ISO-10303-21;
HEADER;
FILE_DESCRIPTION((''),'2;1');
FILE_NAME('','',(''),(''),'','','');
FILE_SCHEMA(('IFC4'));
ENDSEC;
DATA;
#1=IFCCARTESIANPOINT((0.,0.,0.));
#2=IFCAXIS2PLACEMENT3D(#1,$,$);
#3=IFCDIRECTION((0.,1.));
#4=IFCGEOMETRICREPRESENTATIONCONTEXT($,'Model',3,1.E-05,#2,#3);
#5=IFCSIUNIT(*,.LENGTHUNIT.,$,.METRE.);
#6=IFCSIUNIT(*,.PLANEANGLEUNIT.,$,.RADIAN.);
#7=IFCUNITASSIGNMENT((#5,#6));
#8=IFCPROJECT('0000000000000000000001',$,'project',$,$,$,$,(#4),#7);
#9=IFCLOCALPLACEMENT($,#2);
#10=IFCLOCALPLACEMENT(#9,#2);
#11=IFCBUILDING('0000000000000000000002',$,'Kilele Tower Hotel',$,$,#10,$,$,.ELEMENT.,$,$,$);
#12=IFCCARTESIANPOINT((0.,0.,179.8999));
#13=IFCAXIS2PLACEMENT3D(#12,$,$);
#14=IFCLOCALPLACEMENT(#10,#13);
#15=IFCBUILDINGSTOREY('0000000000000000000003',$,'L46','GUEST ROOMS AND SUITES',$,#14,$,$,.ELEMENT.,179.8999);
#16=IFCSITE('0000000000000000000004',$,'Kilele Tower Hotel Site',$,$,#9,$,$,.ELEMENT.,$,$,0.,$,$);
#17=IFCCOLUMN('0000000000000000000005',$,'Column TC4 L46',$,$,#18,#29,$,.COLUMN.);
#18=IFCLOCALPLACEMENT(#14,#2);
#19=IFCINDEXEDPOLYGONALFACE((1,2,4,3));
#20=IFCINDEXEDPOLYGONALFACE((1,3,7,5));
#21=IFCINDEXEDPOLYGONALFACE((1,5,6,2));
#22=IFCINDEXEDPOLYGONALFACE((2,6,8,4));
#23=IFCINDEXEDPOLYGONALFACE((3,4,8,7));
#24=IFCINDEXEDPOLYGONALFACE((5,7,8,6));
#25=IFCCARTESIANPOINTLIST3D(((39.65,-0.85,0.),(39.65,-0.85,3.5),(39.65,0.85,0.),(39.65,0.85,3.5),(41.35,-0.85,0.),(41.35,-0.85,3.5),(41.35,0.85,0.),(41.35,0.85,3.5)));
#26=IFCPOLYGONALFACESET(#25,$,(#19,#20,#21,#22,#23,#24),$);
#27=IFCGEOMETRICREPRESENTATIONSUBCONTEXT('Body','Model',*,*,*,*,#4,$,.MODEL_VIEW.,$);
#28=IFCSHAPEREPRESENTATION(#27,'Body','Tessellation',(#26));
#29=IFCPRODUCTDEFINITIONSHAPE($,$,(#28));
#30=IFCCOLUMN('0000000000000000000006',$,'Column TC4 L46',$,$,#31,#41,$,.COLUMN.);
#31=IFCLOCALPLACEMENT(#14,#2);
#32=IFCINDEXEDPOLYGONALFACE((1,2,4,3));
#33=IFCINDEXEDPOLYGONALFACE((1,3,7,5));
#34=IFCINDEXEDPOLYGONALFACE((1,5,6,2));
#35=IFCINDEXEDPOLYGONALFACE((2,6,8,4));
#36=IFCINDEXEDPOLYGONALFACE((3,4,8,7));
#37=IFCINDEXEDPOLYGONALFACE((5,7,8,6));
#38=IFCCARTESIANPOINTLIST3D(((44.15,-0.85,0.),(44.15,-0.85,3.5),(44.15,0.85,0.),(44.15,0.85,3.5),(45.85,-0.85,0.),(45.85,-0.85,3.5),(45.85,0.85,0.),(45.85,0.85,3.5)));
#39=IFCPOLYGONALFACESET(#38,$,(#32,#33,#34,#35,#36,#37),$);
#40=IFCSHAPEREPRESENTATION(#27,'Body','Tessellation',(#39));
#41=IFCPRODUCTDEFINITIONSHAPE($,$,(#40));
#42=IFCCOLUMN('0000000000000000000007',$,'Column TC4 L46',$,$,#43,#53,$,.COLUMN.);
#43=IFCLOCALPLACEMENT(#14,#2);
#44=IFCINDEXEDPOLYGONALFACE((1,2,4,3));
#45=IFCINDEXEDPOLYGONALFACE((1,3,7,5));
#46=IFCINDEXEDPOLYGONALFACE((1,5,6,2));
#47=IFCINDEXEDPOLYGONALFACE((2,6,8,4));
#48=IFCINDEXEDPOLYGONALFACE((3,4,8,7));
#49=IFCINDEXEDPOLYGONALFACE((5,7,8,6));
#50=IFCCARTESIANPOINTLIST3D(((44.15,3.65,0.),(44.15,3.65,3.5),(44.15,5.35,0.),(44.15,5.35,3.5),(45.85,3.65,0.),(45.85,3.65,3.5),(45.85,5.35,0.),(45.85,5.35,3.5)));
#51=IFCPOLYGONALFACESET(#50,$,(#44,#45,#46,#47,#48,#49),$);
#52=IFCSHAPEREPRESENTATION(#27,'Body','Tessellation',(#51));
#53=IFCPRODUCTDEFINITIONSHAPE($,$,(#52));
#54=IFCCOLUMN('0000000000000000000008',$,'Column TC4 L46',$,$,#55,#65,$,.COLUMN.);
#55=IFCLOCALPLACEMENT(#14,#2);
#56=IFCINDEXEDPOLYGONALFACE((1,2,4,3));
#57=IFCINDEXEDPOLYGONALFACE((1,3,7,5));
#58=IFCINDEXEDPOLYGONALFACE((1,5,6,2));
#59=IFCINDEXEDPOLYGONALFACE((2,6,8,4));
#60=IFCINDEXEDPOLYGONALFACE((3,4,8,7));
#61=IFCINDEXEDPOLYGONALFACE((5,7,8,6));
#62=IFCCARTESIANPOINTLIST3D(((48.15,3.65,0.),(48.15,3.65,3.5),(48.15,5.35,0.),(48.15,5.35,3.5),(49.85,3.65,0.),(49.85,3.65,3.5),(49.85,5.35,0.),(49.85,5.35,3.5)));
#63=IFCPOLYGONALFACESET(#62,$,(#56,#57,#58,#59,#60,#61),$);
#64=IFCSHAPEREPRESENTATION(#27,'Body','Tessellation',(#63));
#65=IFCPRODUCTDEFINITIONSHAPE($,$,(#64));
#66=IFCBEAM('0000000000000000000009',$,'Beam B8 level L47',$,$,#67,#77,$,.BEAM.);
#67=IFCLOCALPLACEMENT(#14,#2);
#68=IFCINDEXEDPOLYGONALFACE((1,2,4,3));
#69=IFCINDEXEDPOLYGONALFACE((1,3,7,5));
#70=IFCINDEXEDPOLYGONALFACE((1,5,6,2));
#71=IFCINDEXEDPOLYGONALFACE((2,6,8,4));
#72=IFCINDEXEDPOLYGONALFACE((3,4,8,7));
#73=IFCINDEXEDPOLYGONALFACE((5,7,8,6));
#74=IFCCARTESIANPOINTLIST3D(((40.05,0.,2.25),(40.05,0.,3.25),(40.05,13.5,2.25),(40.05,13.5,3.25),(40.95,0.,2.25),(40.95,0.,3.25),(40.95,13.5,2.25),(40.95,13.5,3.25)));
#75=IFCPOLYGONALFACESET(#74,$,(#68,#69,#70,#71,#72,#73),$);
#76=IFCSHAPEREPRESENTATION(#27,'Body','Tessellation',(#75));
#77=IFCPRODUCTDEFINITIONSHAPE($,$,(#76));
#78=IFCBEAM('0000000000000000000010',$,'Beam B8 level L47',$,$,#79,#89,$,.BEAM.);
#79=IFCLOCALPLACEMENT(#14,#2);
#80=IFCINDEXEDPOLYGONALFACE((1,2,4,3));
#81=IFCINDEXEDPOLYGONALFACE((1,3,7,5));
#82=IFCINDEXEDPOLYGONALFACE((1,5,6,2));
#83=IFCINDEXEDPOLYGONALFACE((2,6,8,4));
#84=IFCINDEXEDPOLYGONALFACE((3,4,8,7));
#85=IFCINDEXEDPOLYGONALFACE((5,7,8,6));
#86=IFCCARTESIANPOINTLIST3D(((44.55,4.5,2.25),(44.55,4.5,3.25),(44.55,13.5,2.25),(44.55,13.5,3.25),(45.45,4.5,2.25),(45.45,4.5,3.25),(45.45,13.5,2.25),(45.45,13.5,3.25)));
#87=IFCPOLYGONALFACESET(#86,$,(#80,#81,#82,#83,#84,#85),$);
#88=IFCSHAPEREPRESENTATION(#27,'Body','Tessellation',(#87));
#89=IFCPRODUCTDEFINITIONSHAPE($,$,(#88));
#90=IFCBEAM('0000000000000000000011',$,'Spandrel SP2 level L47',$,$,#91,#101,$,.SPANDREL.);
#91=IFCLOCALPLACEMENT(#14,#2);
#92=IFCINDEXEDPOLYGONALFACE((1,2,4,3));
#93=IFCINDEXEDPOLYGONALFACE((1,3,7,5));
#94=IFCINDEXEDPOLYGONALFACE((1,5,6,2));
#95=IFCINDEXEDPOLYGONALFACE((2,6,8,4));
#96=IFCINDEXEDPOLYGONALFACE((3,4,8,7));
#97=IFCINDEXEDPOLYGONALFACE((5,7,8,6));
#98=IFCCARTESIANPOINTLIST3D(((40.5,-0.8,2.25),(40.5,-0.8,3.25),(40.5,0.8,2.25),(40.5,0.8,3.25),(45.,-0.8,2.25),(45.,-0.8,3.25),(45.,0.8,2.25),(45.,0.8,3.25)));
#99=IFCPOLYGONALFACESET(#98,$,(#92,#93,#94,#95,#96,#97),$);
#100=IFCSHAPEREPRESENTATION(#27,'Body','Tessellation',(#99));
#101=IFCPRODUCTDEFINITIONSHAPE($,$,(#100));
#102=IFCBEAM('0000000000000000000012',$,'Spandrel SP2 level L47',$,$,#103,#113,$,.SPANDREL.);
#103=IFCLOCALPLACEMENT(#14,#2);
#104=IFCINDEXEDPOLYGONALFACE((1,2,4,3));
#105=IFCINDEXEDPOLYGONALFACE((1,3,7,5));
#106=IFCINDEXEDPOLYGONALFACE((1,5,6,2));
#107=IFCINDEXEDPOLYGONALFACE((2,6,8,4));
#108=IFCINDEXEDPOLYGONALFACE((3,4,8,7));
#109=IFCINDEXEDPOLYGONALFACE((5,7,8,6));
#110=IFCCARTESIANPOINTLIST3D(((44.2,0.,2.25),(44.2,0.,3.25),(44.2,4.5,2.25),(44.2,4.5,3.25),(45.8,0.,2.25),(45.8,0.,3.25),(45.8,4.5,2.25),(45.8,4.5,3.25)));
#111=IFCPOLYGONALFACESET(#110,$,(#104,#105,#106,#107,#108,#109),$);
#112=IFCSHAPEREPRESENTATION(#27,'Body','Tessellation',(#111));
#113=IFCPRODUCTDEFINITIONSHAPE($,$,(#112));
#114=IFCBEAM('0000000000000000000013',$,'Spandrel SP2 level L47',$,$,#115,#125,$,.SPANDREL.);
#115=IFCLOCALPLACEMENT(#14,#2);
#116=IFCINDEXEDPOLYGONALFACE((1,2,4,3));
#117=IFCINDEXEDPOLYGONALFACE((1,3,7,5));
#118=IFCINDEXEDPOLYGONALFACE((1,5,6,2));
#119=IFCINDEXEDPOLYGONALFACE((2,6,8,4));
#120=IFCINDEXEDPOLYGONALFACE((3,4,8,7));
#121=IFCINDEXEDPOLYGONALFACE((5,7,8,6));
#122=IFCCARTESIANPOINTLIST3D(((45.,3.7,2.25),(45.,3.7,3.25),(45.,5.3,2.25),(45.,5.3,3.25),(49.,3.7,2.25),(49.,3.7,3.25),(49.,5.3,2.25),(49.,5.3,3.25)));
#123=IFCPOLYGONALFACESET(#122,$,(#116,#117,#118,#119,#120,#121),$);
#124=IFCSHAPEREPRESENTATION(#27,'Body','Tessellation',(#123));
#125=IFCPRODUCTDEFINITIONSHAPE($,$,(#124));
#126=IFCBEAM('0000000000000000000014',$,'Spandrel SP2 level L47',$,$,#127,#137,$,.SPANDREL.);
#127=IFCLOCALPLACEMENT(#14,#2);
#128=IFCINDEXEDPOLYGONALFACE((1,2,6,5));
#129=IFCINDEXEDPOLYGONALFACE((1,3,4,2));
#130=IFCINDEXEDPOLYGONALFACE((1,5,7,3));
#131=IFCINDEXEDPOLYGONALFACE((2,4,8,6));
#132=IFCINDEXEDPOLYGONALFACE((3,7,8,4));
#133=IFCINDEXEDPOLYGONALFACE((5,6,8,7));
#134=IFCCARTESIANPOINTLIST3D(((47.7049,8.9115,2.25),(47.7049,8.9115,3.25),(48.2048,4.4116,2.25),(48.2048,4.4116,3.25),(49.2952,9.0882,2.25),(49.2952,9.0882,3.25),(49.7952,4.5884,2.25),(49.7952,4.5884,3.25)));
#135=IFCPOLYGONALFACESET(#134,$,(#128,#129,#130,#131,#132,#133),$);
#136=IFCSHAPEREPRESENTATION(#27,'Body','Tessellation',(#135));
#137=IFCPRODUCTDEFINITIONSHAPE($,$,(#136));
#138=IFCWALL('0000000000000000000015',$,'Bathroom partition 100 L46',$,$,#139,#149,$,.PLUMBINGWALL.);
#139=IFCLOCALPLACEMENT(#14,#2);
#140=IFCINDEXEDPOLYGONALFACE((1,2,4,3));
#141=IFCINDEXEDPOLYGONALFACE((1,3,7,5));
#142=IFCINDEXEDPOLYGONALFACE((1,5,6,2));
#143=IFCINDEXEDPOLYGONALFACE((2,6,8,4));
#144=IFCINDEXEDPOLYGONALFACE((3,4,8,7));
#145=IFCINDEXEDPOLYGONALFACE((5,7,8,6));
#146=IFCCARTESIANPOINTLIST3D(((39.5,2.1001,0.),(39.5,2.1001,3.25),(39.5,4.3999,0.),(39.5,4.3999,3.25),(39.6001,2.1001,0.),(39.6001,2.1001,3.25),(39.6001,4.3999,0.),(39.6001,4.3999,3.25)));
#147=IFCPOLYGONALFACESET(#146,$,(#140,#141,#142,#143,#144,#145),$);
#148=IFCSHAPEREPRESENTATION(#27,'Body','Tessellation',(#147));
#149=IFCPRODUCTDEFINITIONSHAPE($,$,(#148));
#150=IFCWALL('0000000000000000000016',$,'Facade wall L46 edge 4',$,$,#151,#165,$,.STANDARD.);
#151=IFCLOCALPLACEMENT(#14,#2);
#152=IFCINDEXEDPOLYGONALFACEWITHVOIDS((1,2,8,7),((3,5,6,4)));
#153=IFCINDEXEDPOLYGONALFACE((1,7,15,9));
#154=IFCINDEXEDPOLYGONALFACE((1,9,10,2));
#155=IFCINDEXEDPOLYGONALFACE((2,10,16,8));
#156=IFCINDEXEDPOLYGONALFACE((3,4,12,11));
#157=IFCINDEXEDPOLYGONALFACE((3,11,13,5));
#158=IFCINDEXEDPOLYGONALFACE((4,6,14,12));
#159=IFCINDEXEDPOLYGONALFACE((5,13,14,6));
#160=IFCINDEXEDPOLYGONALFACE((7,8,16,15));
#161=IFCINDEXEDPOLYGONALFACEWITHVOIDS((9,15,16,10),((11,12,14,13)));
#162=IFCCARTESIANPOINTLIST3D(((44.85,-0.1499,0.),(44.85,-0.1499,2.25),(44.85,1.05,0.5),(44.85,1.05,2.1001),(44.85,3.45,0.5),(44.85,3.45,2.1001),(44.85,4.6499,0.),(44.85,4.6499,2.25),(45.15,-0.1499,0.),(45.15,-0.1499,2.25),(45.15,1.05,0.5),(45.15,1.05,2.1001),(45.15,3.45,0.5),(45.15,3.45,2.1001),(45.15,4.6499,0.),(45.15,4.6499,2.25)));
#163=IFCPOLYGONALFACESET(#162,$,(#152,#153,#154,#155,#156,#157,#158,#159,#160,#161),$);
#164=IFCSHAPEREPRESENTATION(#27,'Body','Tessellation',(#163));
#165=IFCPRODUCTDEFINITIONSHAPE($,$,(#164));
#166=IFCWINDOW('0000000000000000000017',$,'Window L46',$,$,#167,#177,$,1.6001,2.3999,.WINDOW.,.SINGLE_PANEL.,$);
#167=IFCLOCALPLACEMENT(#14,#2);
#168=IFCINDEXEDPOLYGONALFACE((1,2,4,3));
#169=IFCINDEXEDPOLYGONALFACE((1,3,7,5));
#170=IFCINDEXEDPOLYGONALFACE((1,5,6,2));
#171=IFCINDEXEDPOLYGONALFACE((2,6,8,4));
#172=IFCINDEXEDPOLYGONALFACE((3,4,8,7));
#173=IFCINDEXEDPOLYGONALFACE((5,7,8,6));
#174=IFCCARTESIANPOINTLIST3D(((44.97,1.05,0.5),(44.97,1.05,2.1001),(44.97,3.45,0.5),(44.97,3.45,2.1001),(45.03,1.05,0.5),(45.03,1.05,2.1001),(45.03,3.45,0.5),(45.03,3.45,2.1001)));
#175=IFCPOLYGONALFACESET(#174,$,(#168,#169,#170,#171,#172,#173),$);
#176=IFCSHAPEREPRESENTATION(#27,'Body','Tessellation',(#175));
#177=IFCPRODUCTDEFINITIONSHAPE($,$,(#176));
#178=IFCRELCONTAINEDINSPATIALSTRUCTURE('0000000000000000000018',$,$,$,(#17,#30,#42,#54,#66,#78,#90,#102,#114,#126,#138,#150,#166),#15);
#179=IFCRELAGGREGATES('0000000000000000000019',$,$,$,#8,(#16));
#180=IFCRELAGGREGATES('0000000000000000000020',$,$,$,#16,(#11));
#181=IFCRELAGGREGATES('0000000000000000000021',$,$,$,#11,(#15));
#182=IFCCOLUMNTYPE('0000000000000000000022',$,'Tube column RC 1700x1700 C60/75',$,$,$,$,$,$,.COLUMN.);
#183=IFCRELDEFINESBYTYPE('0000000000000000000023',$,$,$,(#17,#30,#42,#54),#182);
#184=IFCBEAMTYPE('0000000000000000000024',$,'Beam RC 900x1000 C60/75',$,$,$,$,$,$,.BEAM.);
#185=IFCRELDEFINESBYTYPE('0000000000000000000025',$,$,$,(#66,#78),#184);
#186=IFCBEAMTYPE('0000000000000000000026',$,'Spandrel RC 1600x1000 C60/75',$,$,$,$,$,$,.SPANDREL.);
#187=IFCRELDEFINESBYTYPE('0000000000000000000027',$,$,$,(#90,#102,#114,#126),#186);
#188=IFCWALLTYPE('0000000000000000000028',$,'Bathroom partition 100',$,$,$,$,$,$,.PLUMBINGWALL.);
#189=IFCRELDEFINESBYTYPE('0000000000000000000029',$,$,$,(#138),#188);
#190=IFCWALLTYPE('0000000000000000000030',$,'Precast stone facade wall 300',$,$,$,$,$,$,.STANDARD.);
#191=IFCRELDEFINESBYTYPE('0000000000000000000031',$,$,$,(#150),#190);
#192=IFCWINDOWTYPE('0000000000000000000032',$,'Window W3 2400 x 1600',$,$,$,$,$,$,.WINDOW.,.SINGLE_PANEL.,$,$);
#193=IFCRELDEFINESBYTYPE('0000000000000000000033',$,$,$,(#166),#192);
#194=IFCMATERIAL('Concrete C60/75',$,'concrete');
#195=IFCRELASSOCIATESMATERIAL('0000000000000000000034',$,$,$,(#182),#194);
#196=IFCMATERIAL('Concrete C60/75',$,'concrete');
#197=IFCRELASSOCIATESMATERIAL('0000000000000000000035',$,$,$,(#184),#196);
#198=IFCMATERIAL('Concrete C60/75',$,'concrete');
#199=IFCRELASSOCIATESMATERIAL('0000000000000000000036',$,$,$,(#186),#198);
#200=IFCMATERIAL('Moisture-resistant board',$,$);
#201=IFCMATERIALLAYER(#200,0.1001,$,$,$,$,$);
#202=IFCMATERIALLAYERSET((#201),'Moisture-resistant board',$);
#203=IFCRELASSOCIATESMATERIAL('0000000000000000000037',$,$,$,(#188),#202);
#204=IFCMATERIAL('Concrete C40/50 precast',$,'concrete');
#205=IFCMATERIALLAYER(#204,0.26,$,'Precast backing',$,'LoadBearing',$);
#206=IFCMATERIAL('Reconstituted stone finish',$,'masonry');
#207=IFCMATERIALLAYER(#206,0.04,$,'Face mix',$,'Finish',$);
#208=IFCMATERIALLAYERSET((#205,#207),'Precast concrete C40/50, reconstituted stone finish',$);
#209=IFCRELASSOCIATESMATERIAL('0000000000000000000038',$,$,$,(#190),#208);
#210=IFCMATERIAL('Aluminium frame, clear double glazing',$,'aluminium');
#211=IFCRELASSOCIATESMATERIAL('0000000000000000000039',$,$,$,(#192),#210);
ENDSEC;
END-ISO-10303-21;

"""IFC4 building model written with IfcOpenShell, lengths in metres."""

from ifc_helpers import new_model, si_unit, direction, frame, frame_2d, origin, origin_2d, place, context, subcontext, project, spatial, rectangle, extrude, material, layer, layer_set, material_profile, profile_set, type_object, element, fill, save


model = new_model("IFC4")

# Units and contexts
model_context = context("Model", 3, precision=1e-05, world=origin(), true_north=direction((0.0, 1.0)))
body_context = subcontext(model_context, "Body", "Model", "MODEL_VIEW")
ifc_project = project(units=[si_unit("LENGTHUNIT", "METRE"), si_unit("PLANEANGLEUNIT", "RADIAN")], contexts=[model_context])

# Site, building, storey
site_placement = place(None, origin())
site = spatial("IfcSite", under=ifc_project, at=site_placement, Name="Kilele Tower Hotel Site", CompositionType="ELEMENT", RefElevation=0.0)
building_placement = place(site_placement, origin())
building = spatial("IfcBuilding", under=site, at=building_placement, Name="Kilele Tower Hotel", CompositionType="ELEMENT")
storey_placement = place(building_placement, frame((0.0, 0.0, 179.8999)))
storey = spatial("IfcBuildingStorey", under=building, at=storey_placement, Name="L46", Description="GUEST ROOMS AND SUITES", CompositionType="ELEMENT", Elevation=179.8999)

# Columns
ifc_material_1 = material(Name="Concrete C60/75", Category="concrete")
ifc_material_profile_1 = material_profile(ifc_material_1, rectangle(XDim=1.7, YDim=1.7, at=origin_2d()))
ifc_profile_set_1 = profile_set([ifc_material_profile_1], Name="Concrete C60/75")
column_type = type_object("IfcColumnType", Name="Tube column RC 1700x1700 C60/75", PredefinedType="COLUMN", material=ifc_profile_set_1)
for number, where, z_axis, x_axis, name in (
    (1, (40.5, 0.0, 0.0), (0.0, 0.0, 1.0), (1.0, 0.0, 0.0), "Column TC4 L46"),
    (2, (45.0, 0.0, 0.0), (0.0, 0.0, 1.0), (1.0, 0.0, 0.0), "Column TC4 L46"),
    (3, (45.0, 4.5, 0.0), (0.0, 0.0, 1.0), (1.0, 0.0, 0.0), "Column TC4 L46"),
    (4, (49.0, 4.5, 0.0), (0.0, 0.0, 1.0), (1.0, 0.0, 0.0), "Column TC4 L46"),
):
    element("IfcColumn", number, at=place(storey_placement, frame(where, z_axis=z_axis, x_axis=x_axis)), inside=storey, type_object=column_type, Name=name, PredefinedType="COLUMN", context=body_context, shape_type="SweptSolid", body=[
        extrude(rectangle(XDim=1.7, YDim=1.7, at=origin_2d()), origin(), (0.0, 0.0, 1.0), 3.5),
    ])

# Beams
ifc_material_2 = material(Name="Concrete C60/75", Category="concrete")
ifc_material_profile_2 = material_profile(ifc_material_2, rectangle(XDim=0.8999, YDim=1.0, at=origin_2d()))
ifc_profile_set_2 = profile_set([ifc_material_profile_2], Name="Concrete C60/75")
beam_type_1 = type_object("IfcBeamType", Name="Beam RC 900x1000 C60/75", PredefinedType="BEAM", material=ifc_profile_set_2)
beam_1_placement = place(storey_placement, frame((40.5, 0.0, 2.75), z_axis=(0.0, 1.0, 0.0), x_axis=(-1.0, 0.0, 0.0)))
element("IfcBeam", 5, at=beam_1_placement, inside=storey, type_object=beam_type_1, Name="Beam B8 level L47", PredefinedType="BEAM", context=body_context, shape_type="SweptSolid", body=[
    extrude(rectangle(XDim=0.8999, YDim=1.0, at=origin_2d()), origin(), (0.0, 0.0, 1.0), 13.5),
])
beam_2_placement = place(storey_placement, frame((45.0, 4.5, 2.75), z_axis=(0.0, 1.0, 0.0), x_axis=(-1.0, 0.0, 0.0)))
element("IfcBeam", 6, at=beam_2_placement, inside=storey, type_object=beam_type_1, Name="Beam B8 level L47", PredefinedType="BEAM", context=body_context, shape_type="SweptSolid", body=[
    extrude(rectangle(XDim=0.8999, YDim=1.0, at=origin_2d()), origin(), (0.0, 0.0, 1.0), 9.0),
])
ifc_material_3 = material(Name="Concrete C60/75", Category="concrete")
ifc_material_profile_3 = material_profile(ifc_material_3, rectangle(XDim=1.6001, YDim=1.0, at=origin_2d()))
ifc_profile_set_3 = profile_set([ifc_material_profile_3], Name="Concrete C60/75")
beam_type_2 = type_object("IfcBeamType", Name="Spandrel RC 1600x1000 C60/75", PredefinedType="SPANDREL", material=ifc_profile_set_3)
for number, where, z_axis, x_axis, name in (
    (7, (40.5, 0.0, 2.75), (1.0, 0.0, 0.0), (0.0, 1.0, 0.0), "Spandrel SP2 level L47"),
    (8, (45.0, 0.0, 2.75), (0.0, 1.0, 0.0), (-1.0, 0.0, 0.0), "Spandrel SP2 level L47"),
):
    element("IfcBeam", number, at=place(storey_placement, frame(where, z_axis=z_axis, x_axis=x_axis)), inside=storey, type_object=beam_type_2, Name=name, PredefinedType="SPANDREL", context=body_context, shape_type="SweptSolid", body=[
        extrude(rectangle(XDim=1.6001, YDim=1.0, at=origin_2d()), origin(), (0.0, 0.0, 1.0), 4.5),
    ])
beam_3_placement = place(storey_placement, frame((45.0, 4.5, 2.75), z_axis=(1.0, 0.0, 0.0), x_axis=(0.0, 1.0, 0.0)))
element("IfcBeam", 9, at=beam_3_placement, inside=storey, type_object=beam_type_2, Name="Spandrel SP2 level L47", PredefinedType="SPANDREL", context=body_context, shape_type="SweptSolid", body=[
    extrude(rectangle(XDim=1.6001, YDim=1.0, at=origin_2d()), origin(), (0.0, 0.0, 1.0), 4.0),
])
beam_4_placement = place(storey_placement, frame((49.0, 4.5, 2.75), z_axis=(-0.110432, 0.993884, 0.0), x_axis=(-0.993884, -0.110432, 0.0)))
element("IfcBeam", 10, at=beam_4_placement, inside=storey, type_object=beam_type_2, Name="Spandrel SP2 level L47", PredefinedType="SPANDREL", context=body_context, shape_type="SweptSolid", body=[
    extrude(rectangle(XDim=1.6001, YDim=1.0, at=origin_2d()), origin(), (0.0, 0.0, 1.0), 4.5276),
])

# Wall
ifc_material_4 = material(Name="Moisture-resistant board")
ifc_layer_1 = layer(ifc_material_4, 0.1001)
ifc_layer_set_1 = layer_set([ifc_layer_1], Name="Moisture-resistant board")
wall_type_1 = type_object("IfcWallType", Name="Bathroom partition 100", PredefinedType="PLUMBINGWALL", material=ifc_layer_set_1)
wall_1_placement = place(storey_placement, frame((39.55, 4.3999, 0.0), z_axis=(0.0, 0.0, 1.0), x_axis=(0.0, -1.0, 0.0)))
element("IfcWall", 11, at=wall_1_placement, inside=storey, type_object=wall_type_1, Name="Bathroom partition 100 L46", PredefinedType="PLUMBINGWALL", context=body_context, shape_type="SweptSolid", body=[
    extrude(rectangle(XDim=2.2998, YDim=0.1001, at=frame_2d((1.1499, 0.0))), origin(), (0.0, 0.0, 1.0), 3.25),
])

# Wall, opening, window
ifc_material_5 = material(Name="Concrete C40/50 precast", Category="concrete")
ifc_layer_2 = layer(ifc_material_5, 0.26, Name="Precast backing", Category="LoadBearing")
ifc_material_6 = material(Name="Reconstituted stone finish", Category="masonry")
ifc_layer_3 = layer(ifc_material_6, 0.04, Name="Face mix", Category="Finish")
ifc_layer_set_2 = layer_set([ifc_layer_2, ifc_layer_3], Name="Precast concrete C40/50, reconstituted stone finish")
wall_type_2 = type_object("IfcWallType", Name="Precast stone facade wall 300", PredefinedType="STANDARD", material=ifc_layer_set_2)
wall_2_placement = place(storey_placement, frame((45.0, -0.1499, 0.0), z_axis=(0.0, 0.0, 1.0), x_axis=(0.0, 1.0, 0.0)))
wall_2 = element("IfcWall", 12, at=wall_2_placement, inside=storey, type_object=wall_type_2, Name="Facade wall L46 edge 4", PredefinedType="STANDARD", context=body_context, shape_type="SweptSolid", body=[
    extrude(rectangle(XDim=4.7998, YDim=0.3, at=frame_2d((2.3999, 0.0))), origin(), (0.0, 0.0, 1.0), 2.25),
])
opening_1_placement = place(wall_2_placement, frame((1.2, 0.0, 0.5)))
opening_1 = element("IfcOpeningElement", 13, at=opening_1_placement, cuts=wall_2, PredefinedType="OPENING", context=body_context, shape_type="SweptSolid", body=[
    extrude(rectangle(XDim=2.3999, YDim=1.6001, at=frame_2d((1.2, 0.8))), frame((0.0, 0.1599, 0.0), z_axis=(0.0, -1.0, 0.0), x_axis=(1.0, 0.0, 0.0)), (0.0, 0.0, 1.0), 0.3201),
])
ifc_material_7 = material(Name="Aluminium frame, clear double glazing", Category="aluminium")
window_type_1 = type_object("IfcWindowType", Name="Window W3 2400 x 1600", PartitioningType="SINGLE_PANEL", PredefinedType="WINDOW", material=ifc_material_7)
window_1_placement = place(opening_1_placement, origin())
window_1 = element("IfcWindow", 14, at=window_1_placement, inside=storey, type_object=window_type_1, Name="Window L46", OverallHeight=1.6001, OverallWidth=2.3999, PartitioningType="SINGLE_PANEL", PredefinedType="WINDOW", context=body_context, shape_type="SweptSolid", body=[
    extrude(rectangle(XDim=2.3999, YDim=1.6001, at=frame_2d((1.2, 0.8))), frame((0.0, 0.03, 0.0), z_axis=(0.0, -1.0, 0.0), x_axis=(1.0, 0.0, 0.0)), (0.0, 0.0, 1.0), 0.0601),
])
fill(opening_1, window_1)

save(model, "model.ifc")
